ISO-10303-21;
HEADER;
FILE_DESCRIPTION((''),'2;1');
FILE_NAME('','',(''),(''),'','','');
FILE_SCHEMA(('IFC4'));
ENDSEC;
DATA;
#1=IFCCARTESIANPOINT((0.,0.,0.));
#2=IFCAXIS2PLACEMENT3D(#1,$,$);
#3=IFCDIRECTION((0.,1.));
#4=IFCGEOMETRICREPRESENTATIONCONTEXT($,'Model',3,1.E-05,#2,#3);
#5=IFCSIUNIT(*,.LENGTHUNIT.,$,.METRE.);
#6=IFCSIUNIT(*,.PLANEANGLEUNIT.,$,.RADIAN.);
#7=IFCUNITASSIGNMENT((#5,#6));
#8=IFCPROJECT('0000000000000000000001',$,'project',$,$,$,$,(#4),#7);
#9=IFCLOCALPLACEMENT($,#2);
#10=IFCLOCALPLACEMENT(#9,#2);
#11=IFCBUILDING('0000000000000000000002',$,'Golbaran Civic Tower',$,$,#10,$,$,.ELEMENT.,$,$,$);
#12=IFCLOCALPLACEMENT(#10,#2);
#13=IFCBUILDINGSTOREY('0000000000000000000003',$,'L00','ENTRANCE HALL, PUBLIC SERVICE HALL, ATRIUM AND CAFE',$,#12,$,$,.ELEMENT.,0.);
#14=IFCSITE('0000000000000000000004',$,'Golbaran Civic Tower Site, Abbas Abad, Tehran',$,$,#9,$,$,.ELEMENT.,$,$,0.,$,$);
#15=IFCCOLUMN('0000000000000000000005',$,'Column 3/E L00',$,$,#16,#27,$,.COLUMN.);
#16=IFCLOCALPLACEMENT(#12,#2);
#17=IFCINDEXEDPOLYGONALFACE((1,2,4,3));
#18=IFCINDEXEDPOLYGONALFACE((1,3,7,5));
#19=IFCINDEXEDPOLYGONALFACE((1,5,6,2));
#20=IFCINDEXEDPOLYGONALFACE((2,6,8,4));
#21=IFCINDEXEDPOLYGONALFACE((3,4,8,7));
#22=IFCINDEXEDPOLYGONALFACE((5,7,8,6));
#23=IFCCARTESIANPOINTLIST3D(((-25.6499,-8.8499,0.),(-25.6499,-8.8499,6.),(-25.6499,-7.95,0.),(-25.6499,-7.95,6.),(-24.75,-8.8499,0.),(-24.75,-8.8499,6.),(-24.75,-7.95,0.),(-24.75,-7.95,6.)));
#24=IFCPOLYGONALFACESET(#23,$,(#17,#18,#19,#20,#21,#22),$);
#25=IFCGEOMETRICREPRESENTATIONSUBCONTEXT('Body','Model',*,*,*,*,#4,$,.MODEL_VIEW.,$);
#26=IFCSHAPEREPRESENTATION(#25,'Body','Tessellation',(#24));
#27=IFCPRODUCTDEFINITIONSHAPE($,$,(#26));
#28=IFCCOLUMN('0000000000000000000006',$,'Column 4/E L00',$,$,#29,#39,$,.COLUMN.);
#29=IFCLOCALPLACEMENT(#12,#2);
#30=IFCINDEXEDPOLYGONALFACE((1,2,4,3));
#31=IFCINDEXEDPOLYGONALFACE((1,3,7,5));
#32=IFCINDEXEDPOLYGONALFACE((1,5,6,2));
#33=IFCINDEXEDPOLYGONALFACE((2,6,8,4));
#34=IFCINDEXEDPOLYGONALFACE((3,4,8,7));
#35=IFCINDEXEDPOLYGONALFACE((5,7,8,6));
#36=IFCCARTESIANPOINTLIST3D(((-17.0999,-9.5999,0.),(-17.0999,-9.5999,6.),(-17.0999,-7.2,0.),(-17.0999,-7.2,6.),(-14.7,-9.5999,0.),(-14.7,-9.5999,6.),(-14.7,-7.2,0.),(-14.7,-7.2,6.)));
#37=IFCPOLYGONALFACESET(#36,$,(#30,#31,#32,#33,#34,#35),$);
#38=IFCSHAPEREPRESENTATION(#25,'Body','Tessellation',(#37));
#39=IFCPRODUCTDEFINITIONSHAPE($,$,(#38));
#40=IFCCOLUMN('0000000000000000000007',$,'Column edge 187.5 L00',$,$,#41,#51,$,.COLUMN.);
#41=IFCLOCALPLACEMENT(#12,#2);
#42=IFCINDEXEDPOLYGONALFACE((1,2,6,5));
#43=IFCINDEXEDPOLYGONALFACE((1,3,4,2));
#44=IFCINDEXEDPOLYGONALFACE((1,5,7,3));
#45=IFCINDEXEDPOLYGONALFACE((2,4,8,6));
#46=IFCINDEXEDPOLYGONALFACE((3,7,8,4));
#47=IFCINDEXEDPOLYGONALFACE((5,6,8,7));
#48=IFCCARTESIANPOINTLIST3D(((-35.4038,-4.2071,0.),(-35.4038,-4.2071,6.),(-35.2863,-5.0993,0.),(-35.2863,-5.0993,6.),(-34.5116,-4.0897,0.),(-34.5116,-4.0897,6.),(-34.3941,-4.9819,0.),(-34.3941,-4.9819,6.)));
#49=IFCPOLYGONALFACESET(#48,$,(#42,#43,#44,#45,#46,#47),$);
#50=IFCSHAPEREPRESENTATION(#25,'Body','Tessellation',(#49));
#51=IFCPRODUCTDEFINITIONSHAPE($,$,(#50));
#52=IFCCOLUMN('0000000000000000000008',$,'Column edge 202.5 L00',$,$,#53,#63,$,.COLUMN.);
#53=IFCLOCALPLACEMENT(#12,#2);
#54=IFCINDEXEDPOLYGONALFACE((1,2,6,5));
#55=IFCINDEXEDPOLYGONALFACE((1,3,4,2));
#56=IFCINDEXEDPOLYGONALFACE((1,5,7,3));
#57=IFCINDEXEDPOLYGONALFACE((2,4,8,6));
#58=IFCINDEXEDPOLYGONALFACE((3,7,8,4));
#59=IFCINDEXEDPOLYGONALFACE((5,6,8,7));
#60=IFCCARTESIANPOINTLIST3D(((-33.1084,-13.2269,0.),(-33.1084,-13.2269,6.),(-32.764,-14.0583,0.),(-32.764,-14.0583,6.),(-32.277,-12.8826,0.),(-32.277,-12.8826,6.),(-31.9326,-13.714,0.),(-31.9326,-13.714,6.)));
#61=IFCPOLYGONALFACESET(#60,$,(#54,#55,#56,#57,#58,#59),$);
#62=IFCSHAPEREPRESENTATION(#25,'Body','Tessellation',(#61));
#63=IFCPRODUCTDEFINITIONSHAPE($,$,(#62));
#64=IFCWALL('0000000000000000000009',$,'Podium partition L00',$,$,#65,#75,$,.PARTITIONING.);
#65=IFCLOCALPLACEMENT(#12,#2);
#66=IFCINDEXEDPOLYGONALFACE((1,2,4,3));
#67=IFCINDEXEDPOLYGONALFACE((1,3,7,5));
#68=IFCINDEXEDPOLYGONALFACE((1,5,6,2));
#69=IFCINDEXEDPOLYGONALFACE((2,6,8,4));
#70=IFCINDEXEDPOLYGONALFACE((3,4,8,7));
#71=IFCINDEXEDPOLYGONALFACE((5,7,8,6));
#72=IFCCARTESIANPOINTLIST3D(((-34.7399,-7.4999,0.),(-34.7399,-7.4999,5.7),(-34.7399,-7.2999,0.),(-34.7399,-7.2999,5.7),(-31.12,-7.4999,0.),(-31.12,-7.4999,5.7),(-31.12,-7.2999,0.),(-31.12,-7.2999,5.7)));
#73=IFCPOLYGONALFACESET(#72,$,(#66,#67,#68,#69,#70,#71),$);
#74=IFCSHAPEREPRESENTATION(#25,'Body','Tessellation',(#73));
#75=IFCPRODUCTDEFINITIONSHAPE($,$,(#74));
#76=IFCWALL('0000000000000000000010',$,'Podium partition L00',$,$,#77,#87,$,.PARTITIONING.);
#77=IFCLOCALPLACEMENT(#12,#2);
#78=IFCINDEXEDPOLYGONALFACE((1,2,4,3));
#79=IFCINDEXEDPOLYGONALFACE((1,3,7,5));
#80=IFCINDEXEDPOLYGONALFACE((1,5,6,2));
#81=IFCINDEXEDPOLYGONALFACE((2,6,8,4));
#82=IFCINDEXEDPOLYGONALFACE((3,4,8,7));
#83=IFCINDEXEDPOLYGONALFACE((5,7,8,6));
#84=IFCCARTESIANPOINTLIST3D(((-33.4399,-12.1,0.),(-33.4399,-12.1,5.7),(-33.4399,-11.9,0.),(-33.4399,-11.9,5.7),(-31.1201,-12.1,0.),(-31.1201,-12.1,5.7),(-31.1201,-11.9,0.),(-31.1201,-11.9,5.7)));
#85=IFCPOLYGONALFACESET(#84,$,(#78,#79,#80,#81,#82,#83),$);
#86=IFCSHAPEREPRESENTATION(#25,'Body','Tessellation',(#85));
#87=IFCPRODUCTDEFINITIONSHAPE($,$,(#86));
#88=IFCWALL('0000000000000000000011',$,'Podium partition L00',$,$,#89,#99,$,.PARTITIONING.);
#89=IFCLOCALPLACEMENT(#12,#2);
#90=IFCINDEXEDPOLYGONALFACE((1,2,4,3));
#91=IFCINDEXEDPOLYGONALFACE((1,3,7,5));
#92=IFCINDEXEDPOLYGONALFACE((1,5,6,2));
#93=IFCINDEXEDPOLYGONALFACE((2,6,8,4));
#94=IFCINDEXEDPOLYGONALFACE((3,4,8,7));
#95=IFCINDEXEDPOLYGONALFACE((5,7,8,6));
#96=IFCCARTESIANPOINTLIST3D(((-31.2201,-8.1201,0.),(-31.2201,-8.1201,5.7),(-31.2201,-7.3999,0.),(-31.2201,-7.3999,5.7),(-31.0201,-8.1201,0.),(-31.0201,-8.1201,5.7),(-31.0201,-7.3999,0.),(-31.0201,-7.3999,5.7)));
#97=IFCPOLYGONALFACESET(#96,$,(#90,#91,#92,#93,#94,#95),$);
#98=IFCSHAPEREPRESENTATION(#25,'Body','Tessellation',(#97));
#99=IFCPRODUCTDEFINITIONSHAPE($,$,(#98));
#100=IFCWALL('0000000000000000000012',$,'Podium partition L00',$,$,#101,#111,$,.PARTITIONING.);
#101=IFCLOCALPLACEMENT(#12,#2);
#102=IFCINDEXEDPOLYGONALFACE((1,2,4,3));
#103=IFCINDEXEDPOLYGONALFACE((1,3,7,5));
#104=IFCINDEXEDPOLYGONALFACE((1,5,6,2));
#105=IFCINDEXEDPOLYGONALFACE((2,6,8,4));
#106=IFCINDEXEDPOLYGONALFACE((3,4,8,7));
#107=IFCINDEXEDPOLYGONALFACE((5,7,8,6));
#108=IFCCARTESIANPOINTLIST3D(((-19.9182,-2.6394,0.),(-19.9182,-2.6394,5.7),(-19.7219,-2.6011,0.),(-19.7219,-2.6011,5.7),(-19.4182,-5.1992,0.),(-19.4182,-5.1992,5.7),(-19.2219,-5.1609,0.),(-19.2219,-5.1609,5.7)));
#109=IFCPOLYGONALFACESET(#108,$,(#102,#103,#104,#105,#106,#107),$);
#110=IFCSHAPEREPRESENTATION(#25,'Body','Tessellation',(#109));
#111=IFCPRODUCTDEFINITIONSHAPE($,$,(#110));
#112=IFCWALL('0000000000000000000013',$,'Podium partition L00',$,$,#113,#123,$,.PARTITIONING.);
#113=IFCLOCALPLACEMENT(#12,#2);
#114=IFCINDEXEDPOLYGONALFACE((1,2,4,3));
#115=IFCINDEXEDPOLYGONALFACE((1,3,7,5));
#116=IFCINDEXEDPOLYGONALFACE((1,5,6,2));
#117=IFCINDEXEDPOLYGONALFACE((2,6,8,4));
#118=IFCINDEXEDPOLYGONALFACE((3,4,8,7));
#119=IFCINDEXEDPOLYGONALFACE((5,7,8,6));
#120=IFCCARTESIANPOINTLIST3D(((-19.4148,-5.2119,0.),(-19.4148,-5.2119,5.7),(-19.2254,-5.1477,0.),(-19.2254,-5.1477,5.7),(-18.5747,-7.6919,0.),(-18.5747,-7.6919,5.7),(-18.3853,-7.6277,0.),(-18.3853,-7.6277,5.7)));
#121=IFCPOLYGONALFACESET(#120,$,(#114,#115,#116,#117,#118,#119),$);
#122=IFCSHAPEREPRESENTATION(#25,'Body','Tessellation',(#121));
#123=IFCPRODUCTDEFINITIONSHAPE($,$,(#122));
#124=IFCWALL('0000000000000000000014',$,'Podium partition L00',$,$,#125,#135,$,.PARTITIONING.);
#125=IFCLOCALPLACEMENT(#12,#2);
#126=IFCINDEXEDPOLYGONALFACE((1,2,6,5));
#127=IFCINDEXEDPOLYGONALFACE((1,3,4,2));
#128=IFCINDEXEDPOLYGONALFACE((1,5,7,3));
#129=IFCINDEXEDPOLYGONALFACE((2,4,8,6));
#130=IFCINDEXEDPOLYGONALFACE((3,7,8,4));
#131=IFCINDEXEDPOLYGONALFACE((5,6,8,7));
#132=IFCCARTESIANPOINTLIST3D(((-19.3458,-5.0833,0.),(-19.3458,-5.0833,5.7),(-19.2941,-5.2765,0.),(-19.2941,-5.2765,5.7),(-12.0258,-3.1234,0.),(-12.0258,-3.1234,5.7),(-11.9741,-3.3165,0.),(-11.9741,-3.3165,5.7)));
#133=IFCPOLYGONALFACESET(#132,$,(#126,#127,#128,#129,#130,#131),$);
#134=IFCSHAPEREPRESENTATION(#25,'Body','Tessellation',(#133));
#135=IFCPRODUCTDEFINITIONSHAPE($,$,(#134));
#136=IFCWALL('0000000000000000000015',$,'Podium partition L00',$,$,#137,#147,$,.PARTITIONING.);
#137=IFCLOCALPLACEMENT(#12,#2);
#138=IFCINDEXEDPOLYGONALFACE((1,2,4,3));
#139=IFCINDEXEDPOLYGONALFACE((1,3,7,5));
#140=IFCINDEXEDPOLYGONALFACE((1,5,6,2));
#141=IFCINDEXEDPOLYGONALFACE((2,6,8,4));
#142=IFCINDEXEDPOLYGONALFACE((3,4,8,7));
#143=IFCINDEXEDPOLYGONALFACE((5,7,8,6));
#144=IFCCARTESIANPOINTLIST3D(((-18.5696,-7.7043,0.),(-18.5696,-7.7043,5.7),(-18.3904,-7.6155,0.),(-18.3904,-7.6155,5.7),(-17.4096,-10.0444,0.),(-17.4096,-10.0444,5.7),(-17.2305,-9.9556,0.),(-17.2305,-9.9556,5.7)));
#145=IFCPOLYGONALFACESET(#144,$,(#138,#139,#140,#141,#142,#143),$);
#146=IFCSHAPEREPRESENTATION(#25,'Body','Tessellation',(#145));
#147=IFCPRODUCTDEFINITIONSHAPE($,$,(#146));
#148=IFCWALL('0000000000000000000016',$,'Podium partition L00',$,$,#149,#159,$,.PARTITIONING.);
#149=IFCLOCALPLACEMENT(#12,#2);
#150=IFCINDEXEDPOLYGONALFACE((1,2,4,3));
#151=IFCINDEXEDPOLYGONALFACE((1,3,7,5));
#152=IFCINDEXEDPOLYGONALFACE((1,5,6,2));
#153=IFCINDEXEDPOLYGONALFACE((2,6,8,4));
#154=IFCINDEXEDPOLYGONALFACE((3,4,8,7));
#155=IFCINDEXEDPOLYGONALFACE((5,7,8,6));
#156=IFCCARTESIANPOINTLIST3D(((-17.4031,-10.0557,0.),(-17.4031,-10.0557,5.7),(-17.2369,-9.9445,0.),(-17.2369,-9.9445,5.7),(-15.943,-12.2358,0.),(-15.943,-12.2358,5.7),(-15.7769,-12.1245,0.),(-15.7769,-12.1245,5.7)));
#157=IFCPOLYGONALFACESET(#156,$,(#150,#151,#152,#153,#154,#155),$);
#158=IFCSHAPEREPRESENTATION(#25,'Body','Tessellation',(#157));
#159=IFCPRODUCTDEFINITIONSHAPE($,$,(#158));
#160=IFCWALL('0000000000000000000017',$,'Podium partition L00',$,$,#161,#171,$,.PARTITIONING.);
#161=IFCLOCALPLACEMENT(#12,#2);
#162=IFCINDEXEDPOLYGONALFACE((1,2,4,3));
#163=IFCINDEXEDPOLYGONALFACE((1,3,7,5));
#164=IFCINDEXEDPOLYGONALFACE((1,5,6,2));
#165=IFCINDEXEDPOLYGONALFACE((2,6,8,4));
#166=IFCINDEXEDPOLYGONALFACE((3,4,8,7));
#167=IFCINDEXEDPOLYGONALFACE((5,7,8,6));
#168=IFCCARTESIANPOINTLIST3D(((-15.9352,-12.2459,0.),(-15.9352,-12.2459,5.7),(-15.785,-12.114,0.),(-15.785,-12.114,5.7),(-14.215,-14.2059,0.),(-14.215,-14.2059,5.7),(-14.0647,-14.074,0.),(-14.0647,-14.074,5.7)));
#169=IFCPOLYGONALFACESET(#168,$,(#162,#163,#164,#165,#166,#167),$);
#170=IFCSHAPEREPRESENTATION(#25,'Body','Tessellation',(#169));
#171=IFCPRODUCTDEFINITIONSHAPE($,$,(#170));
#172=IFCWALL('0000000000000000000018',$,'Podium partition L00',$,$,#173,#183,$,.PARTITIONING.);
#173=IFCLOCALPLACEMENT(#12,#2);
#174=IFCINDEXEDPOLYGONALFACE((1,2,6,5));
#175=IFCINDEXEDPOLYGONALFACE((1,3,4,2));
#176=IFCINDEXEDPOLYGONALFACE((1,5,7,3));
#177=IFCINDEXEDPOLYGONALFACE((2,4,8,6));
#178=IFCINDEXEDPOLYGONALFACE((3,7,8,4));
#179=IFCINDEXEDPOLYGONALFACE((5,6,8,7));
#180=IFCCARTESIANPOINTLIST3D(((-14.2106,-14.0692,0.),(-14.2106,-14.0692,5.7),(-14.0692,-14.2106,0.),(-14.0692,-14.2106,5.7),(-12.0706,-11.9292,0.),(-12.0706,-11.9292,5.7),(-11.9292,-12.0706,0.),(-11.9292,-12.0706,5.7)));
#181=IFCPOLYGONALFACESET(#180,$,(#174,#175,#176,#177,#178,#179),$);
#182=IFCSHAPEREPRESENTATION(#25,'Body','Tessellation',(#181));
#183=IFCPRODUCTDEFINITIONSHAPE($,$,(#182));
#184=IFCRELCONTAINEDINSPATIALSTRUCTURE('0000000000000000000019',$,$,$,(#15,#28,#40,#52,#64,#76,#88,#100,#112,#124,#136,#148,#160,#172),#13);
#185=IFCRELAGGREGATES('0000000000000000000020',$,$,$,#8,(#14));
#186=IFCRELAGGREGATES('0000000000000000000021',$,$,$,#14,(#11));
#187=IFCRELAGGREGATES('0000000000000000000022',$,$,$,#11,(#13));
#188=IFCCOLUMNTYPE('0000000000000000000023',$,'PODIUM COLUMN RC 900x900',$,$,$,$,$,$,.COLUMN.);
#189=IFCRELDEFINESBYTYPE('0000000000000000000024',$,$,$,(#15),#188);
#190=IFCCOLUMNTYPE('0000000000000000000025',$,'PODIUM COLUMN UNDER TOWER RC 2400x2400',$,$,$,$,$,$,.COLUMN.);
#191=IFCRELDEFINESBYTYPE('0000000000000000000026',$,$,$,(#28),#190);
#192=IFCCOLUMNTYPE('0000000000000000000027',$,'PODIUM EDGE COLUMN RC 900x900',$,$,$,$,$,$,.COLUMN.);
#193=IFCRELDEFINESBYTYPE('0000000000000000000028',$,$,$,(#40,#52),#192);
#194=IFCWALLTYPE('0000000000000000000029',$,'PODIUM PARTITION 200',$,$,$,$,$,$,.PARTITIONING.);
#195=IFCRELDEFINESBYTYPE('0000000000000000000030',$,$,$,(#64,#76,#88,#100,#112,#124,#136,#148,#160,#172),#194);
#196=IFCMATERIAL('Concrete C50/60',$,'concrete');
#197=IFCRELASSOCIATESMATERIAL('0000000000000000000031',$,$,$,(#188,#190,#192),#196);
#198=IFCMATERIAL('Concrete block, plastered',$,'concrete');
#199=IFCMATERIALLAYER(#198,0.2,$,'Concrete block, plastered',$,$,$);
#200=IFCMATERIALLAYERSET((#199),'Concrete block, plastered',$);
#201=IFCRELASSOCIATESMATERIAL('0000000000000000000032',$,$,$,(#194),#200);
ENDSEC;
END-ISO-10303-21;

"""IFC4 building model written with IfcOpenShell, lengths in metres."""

from ifc_helpers import new_model, si_unit, direction, frame, frame_2d, origin, origin_2d, place, context, subcontext, project, spatial, rectangle, extrude, material, layer, layer_set, material_profile, profile_set, type_object, element, save


model = new_model("IFC4")

# Units and contexts
model_context = context("Model", 3, precision=1e-05, world=origin(), true_north=direction((0.0, 1.0)))
body_context = subcontext(model_context, "Body", "Model", "MODEL_VIEW")
ifc_project = project(units=[si_unit("LENGTHUNIT", "METRE"), si_unit("PLANEANGLEUNIT", "RADIAN")], contexts=[model_context])

# Site, building, storey
site_placement = place(None, origin())
site = spatial("IfcSite", under=ifc_project, at=site_placement, Name="Golbaran Civic Tower Site, Abbas Abad, Tehran", CompositionType="ELEMENT", RefElevation=0.0)
building_placement = place(site_placement, origin())
building = spatial("IfcBuilding", under=site, at=building_placement, Name="Golbaran Civic Tower", CompositionType="ELEMENT")
storey_placement = place(building_placement, origin())
storey = spatial("IfcBuildingStorey", under=building, at=storey_placement, Name="L00", Description="ENTRANCE HALL, PUBLIC SERVICE HALL, ATRIUM AND CAFE", CompositionType="ELEMENT", Elevation=0.0)

# Columns
ifc_material_1 = material(Name="Concrete C50/60", Category="concrete")
ifc_material_profile_1 = material_profile(ifc_material_1, rectangle(XDim=0.8999, YDim=0.8999, at=origin_2d()), Name="RC 900x900")
ifc_profile_set_1 = profile_set([ifc_material_profile_1], Name="Concrete C50/60")
column_type_1 = type_object("IfcColumnType", Name="PODIUM COLUMN RC 900x900", PredefinedType="COLUMN", material=ifc_profile_set_1)
column_1_placement = place(storey_placement, frame((-25.2, -8.3999, 0.0), z_axis=(0.0, 0.0, 1.0), x_axis=(1.0, 0.0, 0.0)))
element("IfcColumn", 1, at=column_1_placement, inside=storey, type_object=column_type_1, Name="Column 3/E L00", PredefinedType="COLUMN", context=body_context, shape_type="SweptSolid", body=[
    extrude(rectangle(XDim=0.8999, YDim=0.8999, at=origin_2d()), origin(), (0.0, 0.0, 1.0), 6.0),
])
ifc_material_profile_2 = material_profile(ifc_material_1, rectangle(XDim=2.3999, YDim=2.3999, at=origin_2d()), Name="RC 2400x2400")
ifc_profile_set_2 = profile_set([ifc_material_profile_2], Name="Concrete C50/60")
column_type_2 = type_object("IfcColumnType", Name="PODIUM COLUMN UNDER TOWER RC 2400x2400", PredefinedType="COLUMN", material=ifc_profile_set_2)
column_2_placement = place(storey_placement, frame((-15.8999, -8.3999, 0.0), z_axis=(0.0, 0.0, 1.0), x_axis=(1.0, 0.0, 0.0)))
element("IfcColumn", 2, at=column_2_placement, inside=storey, type_object=column_type_2, Name="Column 4/E L00", PredefinedType="COLUMN", context=body_context, shape_type="SweptSolid", body=[
    extrude(rectangle(XDim=2.3999, YDim=2.3999, at=origin_2d()), origin(), (0.0, 0.0, 1.0), 6.0),
])
ifc_material_profile_3 = material_profile(ifc_material_1, rectangle(XDim=0.8999, YDim=0.8999, at=origin_2d()), Name="RC 900x900")
ifc_profile_set_3 = profile_set([ifc_material_profile_3], Name="Concrete C50/60")
column_type_3 = type_object("IfcColumnType", Name="PODIUM EDGE COLUMN RC 900x900", PredefinedType="COLUMN", material=ifc_profile_set_3)
for number, where, z_axis, x_axis, name in (
    (3, (-34.8989, -4.5945, 0.0), (0.0, 0.0, 1.0), (-0.991445, -0.130526, 0.0), "Column edge 187.5 L00"),
    (4, (-32.5205, -13.4705, 0.0), (0.0, 0.0, 1.0), (-0.92388, -0.382683, 0.0), "Column edge 202.5 L00"),
):
    element("IfcColumn", number, at=place(storey_placement, frame(where, z_axis=z_axis, x_axis=x_axis)), inside=storey, type_object=column_type_3, Name=name, PredefinedType="COLUMN", context=body_context, shape_type="SweptSolid", body=[
        extrude(rectangle(XDim=0.8999, YDim=0.8999, at=origin_2d()), origin(), (0.0, 0.0, 1.0), 6.0),
    ])

# Walls
ifc_material_2 = material(Name="Concrete block, plastered", Category="concrete")
ifc_layer_1 = layer(ifc_material_2, 0.2, Name="Concrete block, plastered")
ifc_layer_set_1 = layer_set([ifc_layer_1], Name="Concrete block, plastered")
wall_type_1 = type_object("IfcWallType", Name="PODIUM PARTITION 200", PredefinedType="PARTITIONING", material=ifc_layer_set_1)
wall_1_placement = place(storey_placement, frame((-34.74, -7.3999, 0.0), z_axis=(0.0, 0.0, 1.0), x_axis=(1.0, 0.0, 0.0)))
element("IfcWall", 5, at=wall_1_placement, inside=storey, type_object=wall_type_1, Name="Podium partition L00", PredefinedType="PARTITIONING", context=body_context, shape_type="SweptSolid", body=[
    extrude(rectangle(XDim=3.6199, YDim=0.2, at=frame_2d((1.8101, 0.0))), origin(), (0.0, 0.0, 1.0), 5.7),
])
wall_2_placement = place(storey_placement, frame((-33.4399, -12.0, 0.0), z_axis=(0.0, 0.0, 1.0), x_axis=(1.0, 0.0, 0.0)))
element("IfcWall", 6, at=wall_2_placement, inside=storey, type_object=wall_type_1, Name="Podium partition L00", PredefinedType="PARTITIONING", context=body_context, shape_type="SweptSolid", body=[
    extrude(rectangle(XDim=2.3198, YDim=0.2, at=frame_2d((1.1599, 0.0))), origin(), (0.0, 0.0, 1.0), 5.7),
])
wall_3_placement = place(storey_placement, frame((-31.1201, -8.1201, 0.0), z_axis=(0.0, 0.0, 1.0), x_axis=(0.0, 1.0, 0.0)))
element("IfcWall", 7, at=wall_3_placement, inside=storey, type_object=wall_type_1, Name="Podium partition L00", PredefinedType="PARTITIONING", context=body_context, shape_type="SweptSolid", body=[
    extrude(rectangle(XDim=0.7202, YDim=0.2, at=frame_2d((0.3601, 0.0))), origin(), (0.0, 0.0, 1.0), 5.7),
])
wall_4_placement = place(storey_placement, frame((-19.8201, -2.6201, 0.0), z_axis=(0.0, 0.0, 1.0), x_axis=(0.191704, -0.981453, 0.0)))
element("IfcWall", 8, at=wall_4_placement, inside=storey, type_object=wall_type_1, Name="Podium partition L00", PredefinedType="PARTITIONING", context=body_context, shape_type="SweptSolid", body=[
    extrude(rectangle(XDim=2.6082, YDim=0.2, at=frame_2d((1.3042, 0.0))), origin(), (0.0, 0.0, 1.0), 5.7),
])
wall_5_placement = place(storey_placement, frame((-19.3201, -5.1799, 0.0), z_axis=(0.0, 0.0, 1.0), x_axis=(0.320839, -0.947134, 0.0)))
element("IfcWall", 9, at=wall_5_placement, inside=storey, type_object=wall_type_1, Name="Podium partition L00", PredefinedType="PARTITIONING", context=body_context, shape_type="SweptSolid", body=[
    extrude(rectangle(XDim=2.6184, YDim=0.2, at=frame_2d((1.3091, 0.0))), origin(), (0.0, 0.0, 1.0), 5.7),
])
wall_6_placement = place(storey_placement, frame((-19.3201, -5.1799, 0.0), z_axis=(0.0, 0.0, 1.0), x_axis=(0.965973, 0.258641, 0.0)))
element("IfcWall", 10, at=wall_6_placement, inside=storey, type_object=wall_type_1, Name="Podium partition L00", PredefinedType="PARTITIONING", context=body_context, shape_type="SweptSolid", body=[
    extrude(rectangle(XDim=7.5779, YDim=0.2, at=frame_2d((3.7891, 0.0))), origin(), (0.0, 0.0, 1.0), 5.7),
])
wall_7_placement = place(storey_placement, frame((-18.48, -7.6599, 0.0), z_axis=(0.0, 0.0, 1.0), x_axis=(0.444107, -0.895974, 0.0)))
element("IfcWall", 11, at=wall_7_placement, inside=storey, type_object=wall_type_1, Name="Podium partition L00", PredefinedType="PARTITIONING", context=body_context, shape_type="SweptSolid", body=[
    extrude(rectangle(XDim=2.6118, YDim=0.2, at=frame_2d((1.3059, 0.0))), origin(), (0.0, 0.0, 1.0), 5.7),
])
wall_8_placement = place(storey_placement, frame((-17.3201, -10.0, 0.0), z_axis=(0.0, 0.0, 1.0), x_axis=(0.55646, -0.830875, 0.0)))
element("IfcWall", 12, at=wall_8_placement, inside=storey, type_object=wall_type_1, Name="Podium partition L00", PredefinedType="PARTITIONING", context=body_context, shape_type="SweptSolid", body=[
    extrude(rectangle(XDim=2.6238, YDim=0.2, at=frame_2d((1.312, 0.0))), origin(), (0.0, 0.0, 1.0), 5.7),
])
wall_9_placement = place(storey_placement, frame((-15.8601, -12.1799, 0.0), z_axis=(0.0, 0.0, 1.0), x_axis=(0.659644, -0.751578, 0.0)))
element("IfcWall", 13, at=wall_9_placement, inside=storey, type_object=wall_type_1, Name="Podium partition L00", PredefinedType="PARTITIONING", context=body_context, shape_type="SweptSolid", body=[
    extrude(rectangle(XDim=2.6079, YDim=0.2, at=frame_2d((1.304, 0.0))), origin(), (0.0, 0.0, 1.0), 5.7),
])
wall_10_placement = place(storey_placement, frame((-14.1399, -14.1399, 0.0), z_axis=(0.0, 0.0, 1.0), x_axis=(0.707107, 0.707107, 0.0)))
element("IfcWall", 14, at=wall_10_placement, inside=storey, type_object=wall_type_1, Name="Podium partition L00", PredefinedType="PARTITIONING", context=body_context, shape_type="SweptSolid", body=[
    extrude(rectangle(XDim=3.0264, YDim=0.2, at=frame_2d((1.5132, 0.0))), origin(), (0.0, 0.0, 1.0), 5.7),
])

save(model, "model.ifc")
